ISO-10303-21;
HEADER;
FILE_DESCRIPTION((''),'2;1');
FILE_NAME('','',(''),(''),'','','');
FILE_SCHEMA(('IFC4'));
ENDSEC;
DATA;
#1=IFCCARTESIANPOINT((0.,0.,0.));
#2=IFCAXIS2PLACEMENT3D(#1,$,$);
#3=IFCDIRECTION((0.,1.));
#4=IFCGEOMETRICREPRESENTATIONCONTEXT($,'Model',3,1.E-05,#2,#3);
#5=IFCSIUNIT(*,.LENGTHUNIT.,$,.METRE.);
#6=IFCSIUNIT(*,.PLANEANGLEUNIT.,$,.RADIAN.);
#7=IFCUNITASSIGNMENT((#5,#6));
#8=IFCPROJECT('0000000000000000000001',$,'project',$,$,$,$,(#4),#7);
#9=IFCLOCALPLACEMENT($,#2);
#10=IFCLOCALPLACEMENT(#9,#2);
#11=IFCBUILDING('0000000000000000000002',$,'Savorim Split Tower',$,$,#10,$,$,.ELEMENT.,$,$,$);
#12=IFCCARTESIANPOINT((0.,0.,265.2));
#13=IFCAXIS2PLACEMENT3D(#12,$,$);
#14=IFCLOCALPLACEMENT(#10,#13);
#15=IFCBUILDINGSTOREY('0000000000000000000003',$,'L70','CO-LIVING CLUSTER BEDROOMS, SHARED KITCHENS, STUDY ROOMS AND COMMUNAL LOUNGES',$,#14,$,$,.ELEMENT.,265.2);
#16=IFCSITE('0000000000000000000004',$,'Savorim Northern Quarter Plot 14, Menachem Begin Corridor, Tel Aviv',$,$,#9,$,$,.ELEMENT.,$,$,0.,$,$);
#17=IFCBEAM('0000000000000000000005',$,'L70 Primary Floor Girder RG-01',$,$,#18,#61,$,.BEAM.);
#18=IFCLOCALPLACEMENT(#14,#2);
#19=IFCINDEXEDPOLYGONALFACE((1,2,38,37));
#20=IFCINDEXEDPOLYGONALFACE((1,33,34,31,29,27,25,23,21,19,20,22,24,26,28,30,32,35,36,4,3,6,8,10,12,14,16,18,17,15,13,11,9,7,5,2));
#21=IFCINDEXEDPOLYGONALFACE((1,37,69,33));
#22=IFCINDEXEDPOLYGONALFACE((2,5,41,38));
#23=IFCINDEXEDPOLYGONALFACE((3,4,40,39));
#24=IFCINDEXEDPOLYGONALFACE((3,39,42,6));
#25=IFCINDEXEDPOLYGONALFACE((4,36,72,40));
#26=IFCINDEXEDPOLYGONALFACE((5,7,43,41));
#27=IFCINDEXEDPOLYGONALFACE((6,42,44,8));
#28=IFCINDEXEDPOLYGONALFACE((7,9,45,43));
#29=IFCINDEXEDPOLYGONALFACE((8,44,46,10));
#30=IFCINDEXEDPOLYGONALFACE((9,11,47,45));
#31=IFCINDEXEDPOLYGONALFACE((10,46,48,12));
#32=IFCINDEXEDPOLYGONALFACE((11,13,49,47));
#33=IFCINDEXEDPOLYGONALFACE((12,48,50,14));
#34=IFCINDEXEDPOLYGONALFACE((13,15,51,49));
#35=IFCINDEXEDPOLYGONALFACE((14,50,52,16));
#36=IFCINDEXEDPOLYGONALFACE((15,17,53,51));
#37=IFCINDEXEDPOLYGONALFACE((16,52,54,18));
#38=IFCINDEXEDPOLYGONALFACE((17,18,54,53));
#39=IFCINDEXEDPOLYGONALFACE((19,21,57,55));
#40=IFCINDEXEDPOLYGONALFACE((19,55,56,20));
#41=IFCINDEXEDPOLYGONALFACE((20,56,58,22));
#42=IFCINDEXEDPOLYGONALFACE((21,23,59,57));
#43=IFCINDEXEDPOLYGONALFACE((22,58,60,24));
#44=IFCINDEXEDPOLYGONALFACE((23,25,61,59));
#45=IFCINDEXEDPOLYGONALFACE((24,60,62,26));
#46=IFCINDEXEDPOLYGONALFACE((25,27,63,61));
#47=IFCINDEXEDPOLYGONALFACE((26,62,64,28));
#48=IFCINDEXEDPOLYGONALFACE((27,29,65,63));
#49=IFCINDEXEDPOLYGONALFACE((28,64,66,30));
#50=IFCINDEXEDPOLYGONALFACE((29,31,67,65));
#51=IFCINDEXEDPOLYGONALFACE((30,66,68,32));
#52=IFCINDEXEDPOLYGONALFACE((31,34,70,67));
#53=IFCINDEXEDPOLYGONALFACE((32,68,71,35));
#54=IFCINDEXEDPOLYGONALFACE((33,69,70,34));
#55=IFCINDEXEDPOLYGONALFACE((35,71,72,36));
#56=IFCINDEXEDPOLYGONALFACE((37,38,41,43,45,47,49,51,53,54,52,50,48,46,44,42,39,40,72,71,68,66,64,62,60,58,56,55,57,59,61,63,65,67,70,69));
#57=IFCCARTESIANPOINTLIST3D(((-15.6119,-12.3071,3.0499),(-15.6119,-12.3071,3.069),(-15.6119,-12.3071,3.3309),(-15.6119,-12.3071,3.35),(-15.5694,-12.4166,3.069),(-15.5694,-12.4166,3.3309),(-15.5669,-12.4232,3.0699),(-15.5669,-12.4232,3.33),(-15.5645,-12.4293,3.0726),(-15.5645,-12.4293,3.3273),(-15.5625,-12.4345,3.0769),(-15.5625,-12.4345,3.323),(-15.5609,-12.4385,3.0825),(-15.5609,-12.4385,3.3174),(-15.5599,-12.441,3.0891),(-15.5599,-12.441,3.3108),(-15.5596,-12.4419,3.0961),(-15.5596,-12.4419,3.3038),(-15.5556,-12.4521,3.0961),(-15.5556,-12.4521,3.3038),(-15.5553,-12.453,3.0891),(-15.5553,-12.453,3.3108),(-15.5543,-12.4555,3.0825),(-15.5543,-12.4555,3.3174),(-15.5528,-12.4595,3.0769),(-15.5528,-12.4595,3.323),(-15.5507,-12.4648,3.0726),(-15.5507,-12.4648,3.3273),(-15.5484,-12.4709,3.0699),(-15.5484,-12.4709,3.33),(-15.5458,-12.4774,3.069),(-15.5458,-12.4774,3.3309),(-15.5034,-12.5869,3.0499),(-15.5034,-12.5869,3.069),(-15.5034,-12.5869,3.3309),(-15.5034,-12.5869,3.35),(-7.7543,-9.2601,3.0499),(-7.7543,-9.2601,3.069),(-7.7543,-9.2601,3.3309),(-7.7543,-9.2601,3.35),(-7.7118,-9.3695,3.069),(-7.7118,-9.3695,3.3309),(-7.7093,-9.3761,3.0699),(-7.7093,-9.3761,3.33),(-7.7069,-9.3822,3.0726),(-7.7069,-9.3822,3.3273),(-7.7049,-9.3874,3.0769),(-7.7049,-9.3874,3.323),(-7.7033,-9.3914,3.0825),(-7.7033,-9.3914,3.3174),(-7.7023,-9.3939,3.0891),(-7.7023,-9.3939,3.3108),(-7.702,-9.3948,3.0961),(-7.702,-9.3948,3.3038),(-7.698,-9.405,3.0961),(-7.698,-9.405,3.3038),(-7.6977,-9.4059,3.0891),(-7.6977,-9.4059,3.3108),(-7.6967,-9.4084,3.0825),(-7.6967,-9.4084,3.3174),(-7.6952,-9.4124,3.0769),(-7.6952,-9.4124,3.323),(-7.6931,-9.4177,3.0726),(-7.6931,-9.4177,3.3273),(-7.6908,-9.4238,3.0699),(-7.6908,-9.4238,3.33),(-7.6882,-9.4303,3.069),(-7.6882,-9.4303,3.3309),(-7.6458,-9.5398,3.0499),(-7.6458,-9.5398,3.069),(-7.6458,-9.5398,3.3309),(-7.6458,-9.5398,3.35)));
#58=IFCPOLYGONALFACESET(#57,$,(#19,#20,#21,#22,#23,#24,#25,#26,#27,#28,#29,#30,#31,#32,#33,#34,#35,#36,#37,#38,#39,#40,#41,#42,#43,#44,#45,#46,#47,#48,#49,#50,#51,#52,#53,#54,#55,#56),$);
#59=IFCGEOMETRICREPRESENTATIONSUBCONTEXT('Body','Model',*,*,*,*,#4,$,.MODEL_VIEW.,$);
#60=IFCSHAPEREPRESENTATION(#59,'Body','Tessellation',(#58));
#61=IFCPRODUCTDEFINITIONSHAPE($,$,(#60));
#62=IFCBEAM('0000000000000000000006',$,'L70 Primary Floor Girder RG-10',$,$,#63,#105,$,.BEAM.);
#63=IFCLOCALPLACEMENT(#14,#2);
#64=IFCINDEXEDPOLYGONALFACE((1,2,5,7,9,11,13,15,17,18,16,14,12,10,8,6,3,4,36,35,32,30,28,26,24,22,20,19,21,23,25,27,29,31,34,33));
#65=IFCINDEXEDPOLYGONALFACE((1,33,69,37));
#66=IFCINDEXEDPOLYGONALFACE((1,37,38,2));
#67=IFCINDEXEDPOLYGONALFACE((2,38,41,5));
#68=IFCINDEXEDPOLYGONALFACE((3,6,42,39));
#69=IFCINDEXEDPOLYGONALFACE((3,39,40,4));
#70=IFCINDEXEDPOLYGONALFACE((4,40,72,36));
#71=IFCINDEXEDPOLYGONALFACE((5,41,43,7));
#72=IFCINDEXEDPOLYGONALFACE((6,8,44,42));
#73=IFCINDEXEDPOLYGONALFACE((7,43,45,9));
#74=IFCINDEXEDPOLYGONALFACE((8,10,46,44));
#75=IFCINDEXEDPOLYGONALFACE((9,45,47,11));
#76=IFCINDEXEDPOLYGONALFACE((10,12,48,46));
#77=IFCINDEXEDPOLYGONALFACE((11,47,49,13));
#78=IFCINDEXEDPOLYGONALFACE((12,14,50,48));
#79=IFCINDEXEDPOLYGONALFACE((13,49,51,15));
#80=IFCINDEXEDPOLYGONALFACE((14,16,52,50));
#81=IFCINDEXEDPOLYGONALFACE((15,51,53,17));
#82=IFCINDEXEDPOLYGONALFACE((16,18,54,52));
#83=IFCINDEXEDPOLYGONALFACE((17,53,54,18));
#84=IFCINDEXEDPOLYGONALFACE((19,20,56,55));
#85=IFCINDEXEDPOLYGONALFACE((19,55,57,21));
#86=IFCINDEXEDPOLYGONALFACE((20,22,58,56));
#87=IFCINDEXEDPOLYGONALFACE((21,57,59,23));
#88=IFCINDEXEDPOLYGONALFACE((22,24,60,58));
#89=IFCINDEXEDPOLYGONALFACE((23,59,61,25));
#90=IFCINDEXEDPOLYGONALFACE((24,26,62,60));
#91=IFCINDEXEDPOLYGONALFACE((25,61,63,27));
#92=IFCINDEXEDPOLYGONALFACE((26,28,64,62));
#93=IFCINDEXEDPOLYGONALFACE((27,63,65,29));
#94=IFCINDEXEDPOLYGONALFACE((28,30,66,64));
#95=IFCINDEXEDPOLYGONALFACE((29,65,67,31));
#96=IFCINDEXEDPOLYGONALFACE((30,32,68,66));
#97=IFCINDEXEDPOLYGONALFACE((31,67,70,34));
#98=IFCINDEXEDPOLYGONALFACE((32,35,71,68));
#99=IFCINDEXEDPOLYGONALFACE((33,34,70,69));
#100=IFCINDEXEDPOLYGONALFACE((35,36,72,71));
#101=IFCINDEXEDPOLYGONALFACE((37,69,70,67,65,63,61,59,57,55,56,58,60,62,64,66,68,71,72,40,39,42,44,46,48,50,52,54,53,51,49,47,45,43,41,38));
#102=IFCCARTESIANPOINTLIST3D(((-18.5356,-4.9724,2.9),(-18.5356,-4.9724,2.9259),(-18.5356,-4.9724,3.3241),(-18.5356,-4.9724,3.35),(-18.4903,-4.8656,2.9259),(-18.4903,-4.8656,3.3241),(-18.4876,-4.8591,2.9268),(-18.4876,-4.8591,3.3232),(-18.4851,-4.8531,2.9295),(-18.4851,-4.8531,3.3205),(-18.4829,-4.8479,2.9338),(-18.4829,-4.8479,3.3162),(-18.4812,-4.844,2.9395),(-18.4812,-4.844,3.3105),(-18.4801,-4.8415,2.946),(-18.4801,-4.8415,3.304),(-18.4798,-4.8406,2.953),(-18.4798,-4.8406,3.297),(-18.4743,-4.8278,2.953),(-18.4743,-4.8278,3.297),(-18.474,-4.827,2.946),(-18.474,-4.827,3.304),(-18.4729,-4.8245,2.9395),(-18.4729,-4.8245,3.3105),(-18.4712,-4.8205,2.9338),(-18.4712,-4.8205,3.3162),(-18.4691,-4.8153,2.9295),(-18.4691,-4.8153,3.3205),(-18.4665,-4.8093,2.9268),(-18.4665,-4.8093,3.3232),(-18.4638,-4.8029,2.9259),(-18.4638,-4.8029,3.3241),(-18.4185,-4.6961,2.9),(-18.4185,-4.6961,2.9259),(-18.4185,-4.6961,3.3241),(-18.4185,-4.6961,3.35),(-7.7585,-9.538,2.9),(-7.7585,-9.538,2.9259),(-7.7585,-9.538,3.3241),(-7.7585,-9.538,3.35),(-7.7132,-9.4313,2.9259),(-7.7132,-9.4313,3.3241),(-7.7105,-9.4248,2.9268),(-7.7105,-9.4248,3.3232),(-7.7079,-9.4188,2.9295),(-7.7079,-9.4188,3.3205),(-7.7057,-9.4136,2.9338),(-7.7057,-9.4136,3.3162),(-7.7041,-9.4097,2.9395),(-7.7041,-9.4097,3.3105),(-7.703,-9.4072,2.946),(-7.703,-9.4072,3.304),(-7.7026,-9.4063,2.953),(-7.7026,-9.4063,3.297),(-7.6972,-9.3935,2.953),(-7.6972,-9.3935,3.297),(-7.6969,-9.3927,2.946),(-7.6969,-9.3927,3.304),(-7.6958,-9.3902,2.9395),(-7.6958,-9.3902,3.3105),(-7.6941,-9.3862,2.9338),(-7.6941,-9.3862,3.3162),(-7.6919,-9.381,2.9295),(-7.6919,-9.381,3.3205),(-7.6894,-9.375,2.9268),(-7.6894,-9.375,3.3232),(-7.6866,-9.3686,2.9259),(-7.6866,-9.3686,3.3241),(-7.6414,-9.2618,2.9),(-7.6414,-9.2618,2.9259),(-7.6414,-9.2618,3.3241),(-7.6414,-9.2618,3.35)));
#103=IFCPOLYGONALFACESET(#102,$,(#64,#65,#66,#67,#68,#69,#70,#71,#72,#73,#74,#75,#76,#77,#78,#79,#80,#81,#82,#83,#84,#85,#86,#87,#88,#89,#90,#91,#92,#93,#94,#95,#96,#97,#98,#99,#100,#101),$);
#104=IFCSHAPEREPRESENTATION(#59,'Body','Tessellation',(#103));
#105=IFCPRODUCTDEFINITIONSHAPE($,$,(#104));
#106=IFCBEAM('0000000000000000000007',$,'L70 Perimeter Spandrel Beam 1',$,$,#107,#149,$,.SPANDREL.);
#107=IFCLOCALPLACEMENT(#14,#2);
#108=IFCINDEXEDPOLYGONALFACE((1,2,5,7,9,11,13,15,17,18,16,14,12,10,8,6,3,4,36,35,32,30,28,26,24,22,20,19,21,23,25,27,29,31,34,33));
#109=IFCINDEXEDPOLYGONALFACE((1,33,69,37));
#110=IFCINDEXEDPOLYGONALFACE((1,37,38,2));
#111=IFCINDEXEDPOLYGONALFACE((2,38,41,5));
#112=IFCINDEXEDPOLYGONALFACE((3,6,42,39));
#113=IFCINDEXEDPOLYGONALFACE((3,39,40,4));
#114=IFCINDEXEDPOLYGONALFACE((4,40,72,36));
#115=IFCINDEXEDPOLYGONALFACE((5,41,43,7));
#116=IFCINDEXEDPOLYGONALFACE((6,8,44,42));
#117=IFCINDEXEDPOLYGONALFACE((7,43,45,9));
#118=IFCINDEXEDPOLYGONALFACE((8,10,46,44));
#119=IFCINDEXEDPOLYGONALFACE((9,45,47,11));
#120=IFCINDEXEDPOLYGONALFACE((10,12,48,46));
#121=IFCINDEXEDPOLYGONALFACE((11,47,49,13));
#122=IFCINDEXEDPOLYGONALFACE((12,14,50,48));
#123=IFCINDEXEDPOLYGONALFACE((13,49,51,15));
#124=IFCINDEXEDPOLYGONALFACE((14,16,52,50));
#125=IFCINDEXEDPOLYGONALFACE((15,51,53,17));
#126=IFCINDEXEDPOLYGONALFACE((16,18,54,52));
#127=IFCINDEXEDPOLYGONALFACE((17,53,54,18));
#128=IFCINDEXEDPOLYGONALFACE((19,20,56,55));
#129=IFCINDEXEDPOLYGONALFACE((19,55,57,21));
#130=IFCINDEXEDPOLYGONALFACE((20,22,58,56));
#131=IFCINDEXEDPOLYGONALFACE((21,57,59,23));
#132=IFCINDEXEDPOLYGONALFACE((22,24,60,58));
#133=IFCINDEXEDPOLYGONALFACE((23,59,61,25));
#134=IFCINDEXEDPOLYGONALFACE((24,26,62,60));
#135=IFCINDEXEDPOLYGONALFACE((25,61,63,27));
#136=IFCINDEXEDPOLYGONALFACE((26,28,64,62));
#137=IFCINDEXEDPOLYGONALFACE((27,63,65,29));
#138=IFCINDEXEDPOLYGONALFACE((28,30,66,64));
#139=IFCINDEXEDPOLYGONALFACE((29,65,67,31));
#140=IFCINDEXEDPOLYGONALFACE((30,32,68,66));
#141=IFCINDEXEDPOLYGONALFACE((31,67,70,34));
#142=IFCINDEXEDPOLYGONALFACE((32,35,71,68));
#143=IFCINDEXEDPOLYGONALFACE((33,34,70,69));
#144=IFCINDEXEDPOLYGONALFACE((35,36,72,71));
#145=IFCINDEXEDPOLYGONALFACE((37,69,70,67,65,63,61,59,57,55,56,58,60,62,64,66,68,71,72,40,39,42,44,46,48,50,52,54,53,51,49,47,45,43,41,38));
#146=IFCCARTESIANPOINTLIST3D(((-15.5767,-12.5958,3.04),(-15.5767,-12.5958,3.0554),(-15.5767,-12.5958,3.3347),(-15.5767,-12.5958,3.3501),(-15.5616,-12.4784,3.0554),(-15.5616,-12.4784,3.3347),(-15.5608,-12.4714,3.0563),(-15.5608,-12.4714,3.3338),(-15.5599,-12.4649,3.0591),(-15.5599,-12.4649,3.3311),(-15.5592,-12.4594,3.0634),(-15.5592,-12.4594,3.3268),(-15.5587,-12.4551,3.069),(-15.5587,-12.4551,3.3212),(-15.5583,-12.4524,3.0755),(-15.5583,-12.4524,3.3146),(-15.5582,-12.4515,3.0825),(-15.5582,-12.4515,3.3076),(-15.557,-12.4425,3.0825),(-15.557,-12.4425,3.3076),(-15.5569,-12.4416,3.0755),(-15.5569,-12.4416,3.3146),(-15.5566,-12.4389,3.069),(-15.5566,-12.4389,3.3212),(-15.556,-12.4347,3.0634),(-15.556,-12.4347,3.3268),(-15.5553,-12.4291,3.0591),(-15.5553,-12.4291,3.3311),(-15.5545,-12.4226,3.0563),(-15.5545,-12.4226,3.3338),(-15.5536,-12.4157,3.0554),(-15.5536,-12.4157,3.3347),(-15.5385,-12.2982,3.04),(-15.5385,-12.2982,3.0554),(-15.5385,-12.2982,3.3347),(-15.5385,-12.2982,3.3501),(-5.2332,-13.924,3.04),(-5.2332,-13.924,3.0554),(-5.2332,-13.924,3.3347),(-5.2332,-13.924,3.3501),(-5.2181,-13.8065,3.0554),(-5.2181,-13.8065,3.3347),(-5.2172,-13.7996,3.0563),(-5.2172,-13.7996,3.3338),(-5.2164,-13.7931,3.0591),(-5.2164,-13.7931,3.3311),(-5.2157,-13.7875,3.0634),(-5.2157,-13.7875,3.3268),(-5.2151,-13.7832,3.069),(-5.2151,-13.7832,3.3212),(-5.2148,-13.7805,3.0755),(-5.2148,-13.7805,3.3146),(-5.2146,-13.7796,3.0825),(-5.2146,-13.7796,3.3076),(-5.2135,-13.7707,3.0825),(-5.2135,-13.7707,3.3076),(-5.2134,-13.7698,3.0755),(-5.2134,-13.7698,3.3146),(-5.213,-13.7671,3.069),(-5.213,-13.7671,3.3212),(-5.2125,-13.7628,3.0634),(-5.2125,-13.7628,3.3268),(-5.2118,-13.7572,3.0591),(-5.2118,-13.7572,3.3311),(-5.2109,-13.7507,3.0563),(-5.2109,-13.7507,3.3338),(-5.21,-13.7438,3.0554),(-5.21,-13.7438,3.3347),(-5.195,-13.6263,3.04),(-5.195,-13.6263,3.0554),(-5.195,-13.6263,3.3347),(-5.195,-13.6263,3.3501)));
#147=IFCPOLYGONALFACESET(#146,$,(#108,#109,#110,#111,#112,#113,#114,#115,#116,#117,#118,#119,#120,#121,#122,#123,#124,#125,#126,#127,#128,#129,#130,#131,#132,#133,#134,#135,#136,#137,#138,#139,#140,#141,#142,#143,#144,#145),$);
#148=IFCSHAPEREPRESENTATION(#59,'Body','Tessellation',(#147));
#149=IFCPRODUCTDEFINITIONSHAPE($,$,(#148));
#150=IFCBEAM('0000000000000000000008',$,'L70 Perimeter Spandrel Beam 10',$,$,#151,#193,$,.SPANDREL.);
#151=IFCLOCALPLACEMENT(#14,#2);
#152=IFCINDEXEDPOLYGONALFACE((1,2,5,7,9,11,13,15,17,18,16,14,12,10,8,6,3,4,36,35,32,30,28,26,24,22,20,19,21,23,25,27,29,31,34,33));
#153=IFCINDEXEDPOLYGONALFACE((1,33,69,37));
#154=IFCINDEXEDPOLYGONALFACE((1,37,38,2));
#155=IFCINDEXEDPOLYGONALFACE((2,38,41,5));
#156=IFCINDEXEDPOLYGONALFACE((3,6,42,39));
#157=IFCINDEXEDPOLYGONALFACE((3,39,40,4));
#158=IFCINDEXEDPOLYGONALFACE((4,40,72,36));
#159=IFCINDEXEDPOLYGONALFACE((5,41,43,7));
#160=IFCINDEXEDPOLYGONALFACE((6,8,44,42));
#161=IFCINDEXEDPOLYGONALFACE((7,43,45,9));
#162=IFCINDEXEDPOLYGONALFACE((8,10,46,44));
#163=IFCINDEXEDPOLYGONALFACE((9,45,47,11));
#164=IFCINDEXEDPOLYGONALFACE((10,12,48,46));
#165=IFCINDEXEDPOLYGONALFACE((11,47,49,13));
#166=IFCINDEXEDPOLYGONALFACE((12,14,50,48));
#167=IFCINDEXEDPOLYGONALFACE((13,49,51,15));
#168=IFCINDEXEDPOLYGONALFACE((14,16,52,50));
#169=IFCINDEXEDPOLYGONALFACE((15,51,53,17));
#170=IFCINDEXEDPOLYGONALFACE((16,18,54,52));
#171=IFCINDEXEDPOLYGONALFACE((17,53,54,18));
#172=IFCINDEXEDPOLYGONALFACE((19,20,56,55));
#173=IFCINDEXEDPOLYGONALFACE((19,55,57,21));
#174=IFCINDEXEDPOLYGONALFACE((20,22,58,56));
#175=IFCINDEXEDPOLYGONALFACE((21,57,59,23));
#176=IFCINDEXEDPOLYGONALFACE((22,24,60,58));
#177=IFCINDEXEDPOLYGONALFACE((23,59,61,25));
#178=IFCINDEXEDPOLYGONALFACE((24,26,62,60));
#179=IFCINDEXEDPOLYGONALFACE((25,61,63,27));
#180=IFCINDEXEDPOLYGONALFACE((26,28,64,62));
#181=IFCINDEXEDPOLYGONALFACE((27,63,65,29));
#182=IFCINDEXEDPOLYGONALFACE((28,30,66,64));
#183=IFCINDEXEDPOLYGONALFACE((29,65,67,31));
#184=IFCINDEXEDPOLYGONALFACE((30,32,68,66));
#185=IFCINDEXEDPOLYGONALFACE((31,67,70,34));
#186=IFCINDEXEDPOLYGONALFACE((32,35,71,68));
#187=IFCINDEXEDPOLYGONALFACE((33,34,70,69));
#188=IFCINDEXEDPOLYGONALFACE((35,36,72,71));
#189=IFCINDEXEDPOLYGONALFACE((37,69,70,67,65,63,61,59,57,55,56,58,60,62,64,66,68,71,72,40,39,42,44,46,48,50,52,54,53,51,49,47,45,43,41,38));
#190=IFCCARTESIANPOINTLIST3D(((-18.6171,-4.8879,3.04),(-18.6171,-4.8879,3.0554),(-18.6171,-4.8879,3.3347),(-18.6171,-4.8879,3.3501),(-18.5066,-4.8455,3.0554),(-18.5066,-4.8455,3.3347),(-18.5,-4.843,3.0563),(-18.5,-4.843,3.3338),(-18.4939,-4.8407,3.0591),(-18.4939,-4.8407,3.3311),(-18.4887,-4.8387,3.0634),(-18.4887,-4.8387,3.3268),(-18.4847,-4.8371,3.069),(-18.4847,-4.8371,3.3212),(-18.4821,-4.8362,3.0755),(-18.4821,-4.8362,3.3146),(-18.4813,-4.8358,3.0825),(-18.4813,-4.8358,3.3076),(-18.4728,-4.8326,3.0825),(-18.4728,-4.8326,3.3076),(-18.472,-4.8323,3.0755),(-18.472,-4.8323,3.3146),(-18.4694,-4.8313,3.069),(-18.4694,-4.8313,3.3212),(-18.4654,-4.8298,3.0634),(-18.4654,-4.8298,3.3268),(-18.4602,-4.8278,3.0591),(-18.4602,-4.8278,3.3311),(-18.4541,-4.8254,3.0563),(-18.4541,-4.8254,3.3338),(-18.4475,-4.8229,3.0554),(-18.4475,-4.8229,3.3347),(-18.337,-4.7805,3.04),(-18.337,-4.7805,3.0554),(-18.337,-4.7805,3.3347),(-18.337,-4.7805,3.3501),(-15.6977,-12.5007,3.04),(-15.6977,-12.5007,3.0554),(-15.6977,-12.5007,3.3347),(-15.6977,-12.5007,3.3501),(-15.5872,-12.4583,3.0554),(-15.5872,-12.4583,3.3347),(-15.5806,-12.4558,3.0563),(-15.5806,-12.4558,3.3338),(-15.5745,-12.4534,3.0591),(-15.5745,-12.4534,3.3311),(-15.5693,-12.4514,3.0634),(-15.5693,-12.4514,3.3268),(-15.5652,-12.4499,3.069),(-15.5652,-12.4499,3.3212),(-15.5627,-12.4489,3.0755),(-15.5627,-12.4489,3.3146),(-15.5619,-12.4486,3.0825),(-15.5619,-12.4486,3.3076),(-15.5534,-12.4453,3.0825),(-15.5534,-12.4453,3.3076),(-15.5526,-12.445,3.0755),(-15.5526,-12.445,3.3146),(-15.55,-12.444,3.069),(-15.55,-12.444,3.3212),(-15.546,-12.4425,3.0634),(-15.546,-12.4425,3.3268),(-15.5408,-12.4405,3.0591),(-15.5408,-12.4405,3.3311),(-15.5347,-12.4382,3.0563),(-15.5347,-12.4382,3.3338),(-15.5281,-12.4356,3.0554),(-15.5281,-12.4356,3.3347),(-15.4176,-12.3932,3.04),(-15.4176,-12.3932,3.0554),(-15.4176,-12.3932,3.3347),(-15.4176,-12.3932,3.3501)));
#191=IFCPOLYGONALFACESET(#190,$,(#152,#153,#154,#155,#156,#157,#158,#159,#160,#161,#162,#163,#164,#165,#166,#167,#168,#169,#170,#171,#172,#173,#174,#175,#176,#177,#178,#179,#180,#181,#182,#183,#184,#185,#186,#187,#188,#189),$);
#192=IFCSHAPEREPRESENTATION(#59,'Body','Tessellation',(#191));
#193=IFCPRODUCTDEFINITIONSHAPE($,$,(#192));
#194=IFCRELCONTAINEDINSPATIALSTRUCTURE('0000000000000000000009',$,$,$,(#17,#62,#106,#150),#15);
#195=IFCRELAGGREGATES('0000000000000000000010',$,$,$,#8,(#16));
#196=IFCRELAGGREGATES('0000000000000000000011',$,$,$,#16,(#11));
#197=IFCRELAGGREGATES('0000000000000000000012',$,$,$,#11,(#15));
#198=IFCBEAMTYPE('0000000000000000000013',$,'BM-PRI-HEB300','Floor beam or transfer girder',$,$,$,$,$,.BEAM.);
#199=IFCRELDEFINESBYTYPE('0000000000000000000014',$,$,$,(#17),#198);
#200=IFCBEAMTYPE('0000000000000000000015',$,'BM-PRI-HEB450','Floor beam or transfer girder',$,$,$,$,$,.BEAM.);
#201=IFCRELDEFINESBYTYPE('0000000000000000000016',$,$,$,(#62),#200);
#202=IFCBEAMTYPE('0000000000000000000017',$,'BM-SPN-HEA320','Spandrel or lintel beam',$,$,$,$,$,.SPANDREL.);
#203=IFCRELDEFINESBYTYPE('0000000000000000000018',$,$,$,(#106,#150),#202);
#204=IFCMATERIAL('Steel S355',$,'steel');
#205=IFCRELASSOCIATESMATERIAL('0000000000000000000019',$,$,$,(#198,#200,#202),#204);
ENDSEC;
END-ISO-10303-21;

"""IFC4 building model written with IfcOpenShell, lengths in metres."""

from ifc_helpers import new_model, si_unit, direction, frame, origin, origin_2d, place, context, subcontext, project, spatial, i_section, extrude, material, material_profile, profile_set, type_object, element, save


model = new_model("IFC4")

# Units and contexts
model_context = context("Model", 3, precision=1e-05, world=origin(), true_north=direction((0.0, 1.0)))
body_context = subcontext(model_context, "Body", "Model", "MODEL_VIEW")
ifc_project = project(units=[si_unit("LENGTHUNIT", "METRE"), si_unit("PLANEANGLEUNIT", "RADIAN")], contexts=[model_context])

# Site, building, storey
site_placement = place(None, origin())
site = spatial("IfcSite", under=ifc_project, at=site_placement, Name="Savorim Northern Quarter Plot 14, Menachem Begin Corridor, Tel Aviv", CompositionType="ELEMENT", RefElevation=0.0)
building_placement = place(site_placement, origin())
building = spatial("IfcBuilding", under=site, at=building_placement, Name="Savorim Split Tower", CompositionType="ELEMENT")
storey_placement = place(building_placement, frame((0.0, 0.0, 265.2)))
storey = spatial("IfcBuildingStorey", under=building, at=storey_placement, Name="L70", Description="CO-LIVING CLUSTER BEDROOMS, SHARED KITCHENS, STUDY ROOMS AND COMMUNAL LOUNGES", CompositionType="ELEMENT", Elevation=265.2)

# Shared definitions
ifc_material_1 = material(Name="Steel S355", Category="steel")

# Beams
ifc_material_profile_1 = material_profile(ifc_material_1, i_section(OverallWidth=0.3, OverallDepth=0.3, WebThickness=0.011, FlangeThickness=0.019, FilletRadius=0.0271, at=origin_2d()), Name="HEB 300")
ifc_profile_set_1 = profile_set([ifc_material_profile_1], Name="Steel S355")
beam_type_1 = type_object("IfcBeamType", Name="BM-PRI-HEB300", Description="Floor beam or transfer girder", PredefinedType="BEAM", material=ifc_profile_set_1)
beam_1_placement = place(storey_placement, frame((-15.5576, -12.447, 3.2), z_axis=(0.932351, 0.361556, 0.0), x_axis=(-0.361556, 0.932351, 0.0)))
element("IfcBeam", 1, at=beam_1_placement, inside=storey, type_object=beam_type_1, Name="L70 Primary Floor Girder RG-01", PredefinedType="BEAM", context=body_context, shape_type="SweptSolid", body=[
    extrude(i_section(OverallWidth=0.3, OverallDepth=0.3, WebThickness=0.011, FlangeThickness=0.019, FilletRadius=0.0271, at=origin_2d()), origin(), (0.0, 0.0, 1.0), 8.4277),
])
ifc_material_profile_2 = material_profile(ifc_material_1, i_section(OverallWidth=0.3, OverallDepth=0.45, WebThickness=0.0139, FlangeThickness=0.0259, FilletRadius=0.0271, at=origin_2d()), Name="HEB 450")
ifc_profile_set_2 = profile_set([ifc_material_profile_2], Name="Steel S355")
beam_type_2 = type_object("IfcBeamType", Name="BM-PRI-HEB450", Description="Floor beam or transfer girder", PredefinedType="BEAM", material=ifc_profile_set_2)
beam_2_placement = place(storey_placement, frame((-18.4771, -4.8342, 3.125), z_axis=(0.920779, -0.390084, 0.0), x_axis=(0.390084, 0.920779, 0.0)))
element("IfcBeam", 2, at=beam_2_placement, inside=storey, type_object=beam_type_2, Name="L70 Primary Floor Girder RG-10", PredefinedType="BEAM", context=body_context, shape_type="SweptSolid", body=[
    extrude(i_section(OverallWidth=0.3, OverallDepth=0.45, WebThickness=0.0139, FlangeThickness=0.0259, FilletRadius=0.0271, at=origin_2d()), origin(), (0.0, 0.0, 1.0), 11.7043),
])
ifc_material_profile_3 = material_profile(ifc_material_1, i_section(OverallWidth=0.3, OverallDepth=0.3101, WebThickness=0.009, FlangeThickness=0.0154, FilletRadius=0.0271, at=origin_2d()), Name="HEA 320")
ifc_profile_set_3 = profile_set([ifc_material_profile_3], Name="Steel S355")
beam_type_3 = type_object("IfcBeamType", Name="BM-SPN-HEA320", Description="Spandrel or lintel beam", PredefinedType="SPANDREL", material=ifc_profile_set_3)
beam_3_placement = place(storey_placement, frame((-15.5576, -12.447, 3.1951), z_axis=(0.991857, -0.127356, 0.0), x_axis=(0.127356, 0.991857, 0.0)))
element("IfcBeam", 3, at=beam_3_placement, inside=storey, type_object=beam_type_3, Name="L70 Perimeter Spandrel Beam 1", PredefinedType="SPANDREL", context=body_context, shape_type="SweptSolid", body=[
    extrude(i_section(OverallWidth=0.3, OverallDepth=0.3101, WebThickness=0.009, FlangeThickness=0.0154, FilletRadius=0.0271, at=origin_2d()), origin(), (0.0, 0.0, 1.0), 10.4285),
])
beam_4_placement = place(storey_placement, frame((-18.4771, -4.8342, 3.1951), z_axis=(0.358064, -0.933697, 0.0), x_axis=(0.933697, 0.358064, 0.0)))
element("IfcBeam", 4, at=beam_4_placement, inside=storey, type_object=beam_type_3, Name="L70 Perimeter Spandrel Beam 10", PredefinedType="SPANDREL", context=body_context, shape_type="SweptSolid", body=[
    extrude(i_section(OverallWidth=0.3, OverallDepth=0.3101, WebThickness=0.009, FlangeThickness=0.0154, FilletRadius=0.0271, at=origin_2d()), origin(), (0.0, 0.0, 1.0), 8.1533),
])

save(model, "model.ifc")
